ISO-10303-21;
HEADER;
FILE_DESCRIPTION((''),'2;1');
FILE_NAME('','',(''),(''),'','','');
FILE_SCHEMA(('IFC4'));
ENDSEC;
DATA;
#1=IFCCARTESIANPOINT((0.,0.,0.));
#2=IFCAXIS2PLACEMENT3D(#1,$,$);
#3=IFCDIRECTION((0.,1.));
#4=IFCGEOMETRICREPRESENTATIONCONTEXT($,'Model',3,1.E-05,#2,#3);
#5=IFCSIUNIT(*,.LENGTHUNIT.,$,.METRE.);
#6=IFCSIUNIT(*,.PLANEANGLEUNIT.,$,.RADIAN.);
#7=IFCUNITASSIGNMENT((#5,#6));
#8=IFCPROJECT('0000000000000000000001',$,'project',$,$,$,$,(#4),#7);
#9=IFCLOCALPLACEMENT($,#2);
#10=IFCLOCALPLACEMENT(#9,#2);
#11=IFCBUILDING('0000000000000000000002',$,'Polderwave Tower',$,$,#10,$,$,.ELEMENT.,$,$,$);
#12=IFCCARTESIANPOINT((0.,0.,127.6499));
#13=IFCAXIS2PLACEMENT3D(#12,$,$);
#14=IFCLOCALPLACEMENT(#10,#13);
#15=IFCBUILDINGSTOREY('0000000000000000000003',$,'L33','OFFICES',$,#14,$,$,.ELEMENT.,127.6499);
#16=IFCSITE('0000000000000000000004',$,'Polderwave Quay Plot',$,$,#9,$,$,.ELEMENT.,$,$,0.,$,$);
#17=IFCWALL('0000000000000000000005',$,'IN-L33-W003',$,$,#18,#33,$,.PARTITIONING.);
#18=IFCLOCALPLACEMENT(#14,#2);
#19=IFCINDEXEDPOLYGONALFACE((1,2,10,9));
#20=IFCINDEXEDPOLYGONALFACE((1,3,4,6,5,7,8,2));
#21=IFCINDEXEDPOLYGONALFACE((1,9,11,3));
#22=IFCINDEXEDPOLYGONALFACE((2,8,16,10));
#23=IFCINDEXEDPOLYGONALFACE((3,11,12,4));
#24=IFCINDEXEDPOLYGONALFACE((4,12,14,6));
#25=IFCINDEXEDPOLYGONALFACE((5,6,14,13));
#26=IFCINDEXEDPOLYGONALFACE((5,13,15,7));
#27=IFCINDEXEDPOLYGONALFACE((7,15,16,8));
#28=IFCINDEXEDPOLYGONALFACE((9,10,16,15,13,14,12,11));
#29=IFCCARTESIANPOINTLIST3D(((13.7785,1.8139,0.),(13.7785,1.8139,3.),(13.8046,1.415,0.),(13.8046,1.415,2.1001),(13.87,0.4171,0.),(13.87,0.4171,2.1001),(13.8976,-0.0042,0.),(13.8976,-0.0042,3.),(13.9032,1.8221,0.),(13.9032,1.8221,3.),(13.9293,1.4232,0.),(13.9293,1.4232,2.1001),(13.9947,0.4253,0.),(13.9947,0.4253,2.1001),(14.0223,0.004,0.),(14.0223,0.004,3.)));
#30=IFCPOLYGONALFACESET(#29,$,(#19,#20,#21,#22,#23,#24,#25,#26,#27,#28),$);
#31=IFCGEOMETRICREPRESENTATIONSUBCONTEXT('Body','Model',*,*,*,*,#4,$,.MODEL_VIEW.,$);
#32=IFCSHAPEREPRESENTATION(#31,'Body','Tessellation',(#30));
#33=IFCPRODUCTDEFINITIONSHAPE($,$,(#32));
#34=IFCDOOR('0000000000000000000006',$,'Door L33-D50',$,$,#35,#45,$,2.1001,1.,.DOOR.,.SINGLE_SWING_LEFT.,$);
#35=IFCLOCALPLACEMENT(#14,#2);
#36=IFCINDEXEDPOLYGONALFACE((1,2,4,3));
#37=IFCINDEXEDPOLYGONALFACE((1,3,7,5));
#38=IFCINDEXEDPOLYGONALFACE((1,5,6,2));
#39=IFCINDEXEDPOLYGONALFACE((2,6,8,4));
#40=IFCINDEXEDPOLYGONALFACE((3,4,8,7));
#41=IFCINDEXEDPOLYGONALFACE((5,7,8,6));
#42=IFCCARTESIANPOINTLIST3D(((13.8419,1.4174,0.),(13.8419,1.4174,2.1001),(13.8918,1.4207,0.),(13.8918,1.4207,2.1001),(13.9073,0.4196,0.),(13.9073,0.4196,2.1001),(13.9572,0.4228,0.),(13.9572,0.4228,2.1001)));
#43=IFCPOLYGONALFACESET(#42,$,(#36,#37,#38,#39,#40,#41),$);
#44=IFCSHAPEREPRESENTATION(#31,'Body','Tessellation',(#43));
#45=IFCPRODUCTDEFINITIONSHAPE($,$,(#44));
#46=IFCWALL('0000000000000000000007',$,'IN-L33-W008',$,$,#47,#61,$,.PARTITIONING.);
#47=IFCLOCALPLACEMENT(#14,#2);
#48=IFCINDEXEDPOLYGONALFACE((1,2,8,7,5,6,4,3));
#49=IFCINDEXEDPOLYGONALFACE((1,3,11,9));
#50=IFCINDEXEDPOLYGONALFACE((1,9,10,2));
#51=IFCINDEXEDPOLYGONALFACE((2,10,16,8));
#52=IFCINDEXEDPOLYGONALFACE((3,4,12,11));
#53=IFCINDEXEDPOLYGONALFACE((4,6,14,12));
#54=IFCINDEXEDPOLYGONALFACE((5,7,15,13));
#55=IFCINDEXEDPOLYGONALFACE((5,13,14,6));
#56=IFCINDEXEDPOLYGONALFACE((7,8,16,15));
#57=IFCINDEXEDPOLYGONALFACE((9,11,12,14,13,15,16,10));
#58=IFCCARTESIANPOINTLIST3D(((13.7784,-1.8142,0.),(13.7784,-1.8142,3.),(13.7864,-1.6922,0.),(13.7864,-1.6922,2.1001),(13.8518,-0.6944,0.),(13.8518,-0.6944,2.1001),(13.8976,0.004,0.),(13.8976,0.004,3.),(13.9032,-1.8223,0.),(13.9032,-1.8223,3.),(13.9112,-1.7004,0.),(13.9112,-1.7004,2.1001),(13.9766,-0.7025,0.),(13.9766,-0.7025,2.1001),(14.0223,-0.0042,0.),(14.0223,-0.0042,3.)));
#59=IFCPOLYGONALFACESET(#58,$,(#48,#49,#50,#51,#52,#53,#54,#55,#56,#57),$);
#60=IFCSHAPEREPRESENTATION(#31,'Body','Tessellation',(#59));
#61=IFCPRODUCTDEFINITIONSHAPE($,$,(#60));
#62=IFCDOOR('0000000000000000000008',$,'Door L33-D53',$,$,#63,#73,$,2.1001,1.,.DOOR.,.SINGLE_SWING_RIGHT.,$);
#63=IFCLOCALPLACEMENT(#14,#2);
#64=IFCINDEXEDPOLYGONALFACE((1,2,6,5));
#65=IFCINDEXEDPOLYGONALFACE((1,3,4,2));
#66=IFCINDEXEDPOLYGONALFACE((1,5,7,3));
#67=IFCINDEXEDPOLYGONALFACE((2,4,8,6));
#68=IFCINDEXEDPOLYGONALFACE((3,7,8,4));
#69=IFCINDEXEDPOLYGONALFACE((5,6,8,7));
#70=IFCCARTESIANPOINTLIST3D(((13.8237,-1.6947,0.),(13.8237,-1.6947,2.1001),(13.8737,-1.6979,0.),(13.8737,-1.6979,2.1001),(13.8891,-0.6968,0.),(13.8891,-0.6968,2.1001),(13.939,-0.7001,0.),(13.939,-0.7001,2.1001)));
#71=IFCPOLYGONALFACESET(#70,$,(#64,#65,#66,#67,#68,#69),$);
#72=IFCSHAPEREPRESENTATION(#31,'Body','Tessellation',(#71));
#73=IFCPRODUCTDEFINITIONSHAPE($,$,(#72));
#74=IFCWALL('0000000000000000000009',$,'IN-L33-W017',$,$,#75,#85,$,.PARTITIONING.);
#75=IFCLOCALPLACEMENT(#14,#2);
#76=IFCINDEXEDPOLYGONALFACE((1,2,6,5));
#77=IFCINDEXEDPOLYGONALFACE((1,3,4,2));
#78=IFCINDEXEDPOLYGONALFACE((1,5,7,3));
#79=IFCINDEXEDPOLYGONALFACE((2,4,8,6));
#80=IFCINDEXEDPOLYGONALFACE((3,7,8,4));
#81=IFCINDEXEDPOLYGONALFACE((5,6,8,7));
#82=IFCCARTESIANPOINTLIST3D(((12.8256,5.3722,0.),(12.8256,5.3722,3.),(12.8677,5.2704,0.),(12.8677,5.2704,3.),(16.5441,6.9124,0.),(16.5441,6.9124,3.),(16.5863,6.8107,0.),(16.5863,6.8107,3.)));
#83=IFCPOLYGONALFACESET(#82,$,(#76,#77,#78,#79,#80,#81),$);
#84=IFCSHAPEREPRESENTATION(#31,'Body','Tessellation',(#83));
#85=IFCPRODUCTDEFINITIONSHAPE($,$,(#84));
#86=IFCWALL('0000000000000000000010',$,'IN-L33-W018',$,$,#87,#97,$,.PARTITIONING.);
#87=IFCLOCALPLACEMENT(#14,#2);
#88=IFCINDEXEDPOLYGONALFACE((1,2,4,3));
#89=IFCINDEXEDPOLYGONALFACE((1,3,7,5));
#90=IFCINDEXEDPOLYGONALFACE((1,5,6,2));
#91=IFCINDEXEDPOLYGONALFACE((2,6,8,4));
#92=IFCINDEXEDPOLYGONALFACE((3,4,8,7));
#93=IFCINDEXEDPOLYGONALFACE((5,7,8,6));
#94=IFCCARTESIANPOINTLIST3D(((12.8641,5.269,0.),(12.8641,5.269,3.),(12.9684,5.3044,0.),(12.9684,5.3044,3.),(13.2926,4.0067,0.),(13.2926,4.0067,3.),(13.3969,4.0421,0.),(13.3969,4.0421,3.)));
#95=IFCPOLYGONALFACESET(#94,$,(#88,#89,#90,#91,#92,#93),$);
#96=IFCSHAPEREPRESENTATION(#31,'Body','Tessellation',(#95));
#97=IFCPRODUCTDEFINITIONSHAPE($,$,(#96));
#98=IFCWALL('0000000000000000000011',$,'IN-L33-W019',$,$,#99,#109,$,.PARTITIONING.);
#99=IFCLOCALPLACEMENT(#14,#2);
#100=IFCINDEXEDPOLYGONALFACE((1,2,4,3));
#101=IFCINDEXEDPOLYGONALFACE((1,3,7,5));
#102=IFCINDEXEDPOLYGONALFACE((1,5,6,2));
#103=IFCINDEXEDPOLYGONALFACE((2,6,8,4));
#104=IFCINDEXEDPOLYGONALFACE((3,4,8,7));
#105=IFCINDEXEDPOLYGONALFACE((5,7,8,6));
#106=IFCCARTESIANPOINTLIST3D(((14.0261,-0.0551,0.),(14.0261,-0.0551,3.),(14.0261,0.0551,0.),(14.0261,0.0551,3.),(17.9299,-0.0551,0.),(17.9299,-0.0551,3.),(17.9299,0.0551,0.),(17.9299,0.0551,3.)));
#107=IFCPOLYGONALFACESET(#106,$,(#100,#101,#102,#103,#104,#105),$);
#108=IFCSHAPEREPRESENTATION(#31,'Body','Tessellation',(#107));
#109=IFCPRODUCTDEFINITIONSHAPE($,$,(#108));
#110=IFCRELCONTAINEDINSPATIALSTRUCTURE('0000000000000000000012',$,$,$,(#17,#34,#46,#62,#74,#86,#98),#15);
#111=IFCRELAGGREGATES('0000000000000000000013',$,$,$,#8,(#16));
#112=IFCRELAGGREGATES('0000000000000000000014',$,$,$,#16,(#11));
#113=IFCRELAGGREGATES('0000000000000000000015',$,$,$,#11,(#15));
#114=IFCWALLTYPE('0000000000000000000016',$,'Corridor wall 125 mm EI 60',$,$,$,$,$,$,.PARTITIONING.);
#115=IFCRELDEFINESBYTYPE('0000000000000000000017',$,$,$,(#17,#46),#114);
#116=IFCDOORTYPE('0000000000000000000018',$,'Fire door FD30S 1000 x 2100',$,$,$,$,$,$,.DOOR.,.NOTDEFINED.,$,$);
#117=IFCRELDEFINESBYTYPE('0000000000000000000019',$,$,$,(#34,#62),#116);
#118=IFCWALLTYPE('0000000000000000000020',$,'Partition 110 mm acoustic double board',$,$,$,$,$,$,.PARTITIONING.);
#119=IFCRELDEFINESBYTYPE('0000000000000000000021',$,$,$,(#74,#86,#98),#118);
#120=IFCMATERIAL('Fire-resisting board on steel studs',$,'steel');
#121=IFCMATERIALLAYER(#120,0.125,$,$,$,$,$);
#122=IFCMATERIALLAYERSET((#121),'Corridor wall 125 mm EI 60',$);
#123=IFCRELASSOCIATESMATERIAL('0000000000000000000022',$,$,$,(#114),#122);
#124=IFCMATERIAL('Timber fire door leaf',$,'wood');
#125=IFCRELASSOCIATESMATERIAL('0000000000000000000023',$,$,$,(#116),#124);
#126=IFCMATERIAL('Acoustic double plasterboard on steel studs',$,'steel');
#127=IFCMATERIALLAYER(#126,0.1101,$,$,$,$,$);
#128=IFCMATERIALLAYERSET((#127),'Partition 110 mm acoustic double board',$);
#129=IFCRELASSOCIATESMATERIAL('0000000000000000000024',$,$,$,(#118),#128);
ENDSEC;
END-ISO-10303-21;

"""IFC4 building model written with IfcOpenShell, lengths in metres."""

from ifc_helpers import new_model, si_unit, direction, frame, frame_2d, origin, place, context, subcontext, project, spatial, rectangle, extrude, material, layer, layer_set, type_object, element, fill, save


model = new_model("IFC4")

# Units and contexts
model_context = context("Model", 3, precision=1e-05, world=origin(), true_north=direction((0.0, 1.0)))
body_context = subcontext(model_context, "Body", "Model", "MODEL_VIEW")
ifc_project = project(units=[si_unit("LENGTHUNIT", "METRE"), si_unit("PLANEANGLEUNIT", "RADIAN")], contexts=[model_context])

# Site, building, storey
site_placement = place(None, origin())
site = spatial("IfcSite", under=ifc_project, at=site_placement, Name="Polderwave Quay Plot", CompositionType="ELEMENT", RefElevation=0.0)
building_placement = place(site_placement, origin())
building = spatial("IfcBuilding", under=site, at=building_placement, Name="Polderwave Tower", CompositionType="ELEMENT")
storey_placement = place(building_placement, frame((0.0, 0.0, 127.6499)))
storey = spatial("IfcBuildingStorey", under=building, at=storey_placement, Name="L33", Description="OFFICES", CompositionType="ELEMENT", Elevation=127.6499)

# Shared definitions
ifc_material_1 = material(Name="Fire-resisting board on steel studs", Category="steel")
ifc_layer_1 = layer(ifc_material_1, 0.125)
ifc_layer_set_1 = layer_set([ifc_layer_1], Name="Corridor wall 125 mm EI 60")
wall_type_1 = type_object("IfcWallType", Name="Corridor wall 125 mm EI 60", PredefinedType="PARTITIONING", material=ifc_layer_set_1)

# Walls, openings, doors
wall_1_placement = place(storey_placement, frame((13.8408, 1.8181, 0.0), z_axis=(0.0, 0.0, 1.0), x_axis=(0.065389, -0.99786, 0.0)))
wall_1 = element("IfcWall", 1, at=wall_1_placement, inside=storey, type_object=wall_type_1, Name="IN-L33-W003", PredefinedType="PARTITIONING", context=body_context, shape_type="SweptSolid", body=[
    extrude(rectangle(XDim=1.822, YDim=0.125, at=frame_2d((0.9111, 0.0))), origin(), (0.0, 0.0, 1.0), 3.0),
])
opening_1_placement = place(wall_1_placement, frame((0.3999, 0.0, 0.0)))
opening_1 = element("IfcOpeningElement", 2, at=opening_1_placement, cuts=wall_1, PredefinedType="OPENING", context=body_context, shape_type="SweptSolid", body=[
    extrude(rectangle(XDim=1.0, YDim=2.1001, at=frame_2d((0.5, 1.05))), frame((0.0, 0.0725, 0.0), z_axis=(0.0, -1.0, 0.0), x_axis=(1.0, 0.0, 0.0)), (0.0, 0.0, 1.0), 0.145),
])
ifc_material_2 = material(Name="Timber fire door leaf", Category="wood")
door_type = type_object("IfcDoorType", Name="Fire door FD30S 1000 x 2100", OperationType="NOTDEFINED", PredefinedType="DOOR", material=ifc_material_2)
door_1_placement = place(opening_1_placement, origin())
door_1 = element("IfcDoor", 3, at=door_1_placement, inside=storey, type_object=door_type, Name="Door L33-D50", OperationType="SINGLE_SWING_LEFT", OverallHeight=2.1001, OverallWidth=1.0, PredefinedType="DOOR", context=body_context, shape_type="SweptSolid", body=[
    extrude(rectangle(XDim=1.0, YDim=2.1001, at=frame_2d((0.5, 1.05))), frame((0.0, 0.0249, 0.0), z_axis=(0.0, -1.0, 0.0), x_axis=(1.0, 0.0, 0.0)), (0.0, 0.0, 1.0), 0.05),
])
fill(opening_1, door_1)
wall_2_placement = place(storey_placement, frame((13.96, 0.0, 0.0), z_axis=(0.0, 0.0, 1.0), x_axis=(-0.065389, -0.99786, 0.0)))
wall_2 = element("IfcWall", 4, at=wall_2_placement, inside=storey, type_object=wall_type_1, Name="IN-L33-W008", PredefinedType="PARTITIONING", context=body_context, shape_type="SweptSolid", body=[
    extrude(rectangle(XDim=1.822, YDim=0.125, at=frame_2d((0.9111, 0.0))), origin(), (0.0, 0.0, 1.0), 3.0),
])
opening_2_placement = place(wall_2_placement, frame((0.7, 0.0, 0.0)))
opening_2 = element("IfcOpeningElement", 5, at=opening_2_placement, cuts=wall_2, PredefinedType="OPENING", context=body_context, shape_type="SweptSolid", body=[
    extrude(rectangle(XDim=1.0, YDim=2.1001, at=frame_2d((0.5, 1.05))), frame((0.0, 0.0725, 0.0), z_axis=(0.0, -1.0, 0.0), x_axis=(1.0, 0.0, 0.0)), (0.0, 0.0, 1.0), 0.145),
])
door_2_placement = place(opening_2_placement, origin())
door_2 = element("IfcDoor", 6, at=door_2_placement, inside=storey, type_object=door_type, Name="Door L33-D53", OperationType="SINGLE_SWING_RIGHT", OverallHeight=2.1001, OverallWidth=1.0, PredefinedType="DOOR", context=body_context, shape_type="SweptSolid", body=[
    extrude(rectangle(XDim=1.0, YDim=2.1001, at=frame_2d((0.5, 1.05))), frame((0.0, 0.0249, 0.0), z_axis=(0.0, -1.0, 0.0), x_axis=(1.0, 0.0, 0.0)), (0.0, 0.0, 1.0), 0.05),
])
fill(opening_2, door_2)

# Walls
ifc_material_3 = material(Name="Acoustic double plasterboard on steel studs", Category="steel")
ifc_layer_2 = layer(ifc_material_3, 0.1101)
ifc_layer_set_2 = layer_set([ifc_layer_2], Name="Partition 110 mm acoustic double board")
wall_type_2 = type_object("IfcWallType", Name="Partition 110 mm acoustic double board", PredefinedType="PARTITIONING", material=ifc_layer_set_2)
wall_3_placement = place(storey_placement, frame((12.8467, 5.3213, 0.0), z_axis=(0.0, 0.0, 1.0), x_axis=(0.923877, 0.382689, 0.0)))
element("IfcWall", 7, at=wall_3_placement, inside=storey, type_object=wall_type_2, Name="IN-L33-W017", PredefinedType="PARTITIONING", context=body_context, shape_type="SweptSolid", body=[
    extrude(rectangle(XDim=4.0249, YDim=0.1101, at=frame_2d((2.0125, 0.0))), origin(), (0.0, 0.0, 1.0), 3.0),
])
wall_4_placement = place(storey_placement, frame((13.3447, 4.0244, 0.0), z_axis=(0.0, 0.0, 1.0), x_axis=(-0.321443, 0.946929, 0.0)))
element("IfcWall", 8, at=wall_4_placement, inside=storey, type_object=wall_type_2, Name="IN-L33-W018", PredefinedType="PARTITIONING", context=body_context, shape_type="SweptSolid", body=[
    extrude(rectangle(XDim=1.333, YDim=0.1101, at=frame_2d((0.6665, 0.0))), origin(), (0.0, 0.0, 1.0), 3.0),
])
wall_5_placement = place(storey_placement, frame((17.9299, 0.0, 0.0), z_axis=(0.0, 0.0, 1.0), x_axis=(-1.0, 0.0, 0.0)))
element("IfcWall", 9, at=wall_5_placement, inside=storey, type_object=wall_type_2, Name="IN-L33-W019", PredefinedType="PARTITIONING", context=body_context, shape_type="SweptSolid", body=[
    extrude(rectangle(XDim=3.9038, YDim=0.1101, at=frame_2d((1.9519, 0.0))), origin(), (0.0, 0.0, 1.0), 3.0),
])

save(model, "model.ifc")
